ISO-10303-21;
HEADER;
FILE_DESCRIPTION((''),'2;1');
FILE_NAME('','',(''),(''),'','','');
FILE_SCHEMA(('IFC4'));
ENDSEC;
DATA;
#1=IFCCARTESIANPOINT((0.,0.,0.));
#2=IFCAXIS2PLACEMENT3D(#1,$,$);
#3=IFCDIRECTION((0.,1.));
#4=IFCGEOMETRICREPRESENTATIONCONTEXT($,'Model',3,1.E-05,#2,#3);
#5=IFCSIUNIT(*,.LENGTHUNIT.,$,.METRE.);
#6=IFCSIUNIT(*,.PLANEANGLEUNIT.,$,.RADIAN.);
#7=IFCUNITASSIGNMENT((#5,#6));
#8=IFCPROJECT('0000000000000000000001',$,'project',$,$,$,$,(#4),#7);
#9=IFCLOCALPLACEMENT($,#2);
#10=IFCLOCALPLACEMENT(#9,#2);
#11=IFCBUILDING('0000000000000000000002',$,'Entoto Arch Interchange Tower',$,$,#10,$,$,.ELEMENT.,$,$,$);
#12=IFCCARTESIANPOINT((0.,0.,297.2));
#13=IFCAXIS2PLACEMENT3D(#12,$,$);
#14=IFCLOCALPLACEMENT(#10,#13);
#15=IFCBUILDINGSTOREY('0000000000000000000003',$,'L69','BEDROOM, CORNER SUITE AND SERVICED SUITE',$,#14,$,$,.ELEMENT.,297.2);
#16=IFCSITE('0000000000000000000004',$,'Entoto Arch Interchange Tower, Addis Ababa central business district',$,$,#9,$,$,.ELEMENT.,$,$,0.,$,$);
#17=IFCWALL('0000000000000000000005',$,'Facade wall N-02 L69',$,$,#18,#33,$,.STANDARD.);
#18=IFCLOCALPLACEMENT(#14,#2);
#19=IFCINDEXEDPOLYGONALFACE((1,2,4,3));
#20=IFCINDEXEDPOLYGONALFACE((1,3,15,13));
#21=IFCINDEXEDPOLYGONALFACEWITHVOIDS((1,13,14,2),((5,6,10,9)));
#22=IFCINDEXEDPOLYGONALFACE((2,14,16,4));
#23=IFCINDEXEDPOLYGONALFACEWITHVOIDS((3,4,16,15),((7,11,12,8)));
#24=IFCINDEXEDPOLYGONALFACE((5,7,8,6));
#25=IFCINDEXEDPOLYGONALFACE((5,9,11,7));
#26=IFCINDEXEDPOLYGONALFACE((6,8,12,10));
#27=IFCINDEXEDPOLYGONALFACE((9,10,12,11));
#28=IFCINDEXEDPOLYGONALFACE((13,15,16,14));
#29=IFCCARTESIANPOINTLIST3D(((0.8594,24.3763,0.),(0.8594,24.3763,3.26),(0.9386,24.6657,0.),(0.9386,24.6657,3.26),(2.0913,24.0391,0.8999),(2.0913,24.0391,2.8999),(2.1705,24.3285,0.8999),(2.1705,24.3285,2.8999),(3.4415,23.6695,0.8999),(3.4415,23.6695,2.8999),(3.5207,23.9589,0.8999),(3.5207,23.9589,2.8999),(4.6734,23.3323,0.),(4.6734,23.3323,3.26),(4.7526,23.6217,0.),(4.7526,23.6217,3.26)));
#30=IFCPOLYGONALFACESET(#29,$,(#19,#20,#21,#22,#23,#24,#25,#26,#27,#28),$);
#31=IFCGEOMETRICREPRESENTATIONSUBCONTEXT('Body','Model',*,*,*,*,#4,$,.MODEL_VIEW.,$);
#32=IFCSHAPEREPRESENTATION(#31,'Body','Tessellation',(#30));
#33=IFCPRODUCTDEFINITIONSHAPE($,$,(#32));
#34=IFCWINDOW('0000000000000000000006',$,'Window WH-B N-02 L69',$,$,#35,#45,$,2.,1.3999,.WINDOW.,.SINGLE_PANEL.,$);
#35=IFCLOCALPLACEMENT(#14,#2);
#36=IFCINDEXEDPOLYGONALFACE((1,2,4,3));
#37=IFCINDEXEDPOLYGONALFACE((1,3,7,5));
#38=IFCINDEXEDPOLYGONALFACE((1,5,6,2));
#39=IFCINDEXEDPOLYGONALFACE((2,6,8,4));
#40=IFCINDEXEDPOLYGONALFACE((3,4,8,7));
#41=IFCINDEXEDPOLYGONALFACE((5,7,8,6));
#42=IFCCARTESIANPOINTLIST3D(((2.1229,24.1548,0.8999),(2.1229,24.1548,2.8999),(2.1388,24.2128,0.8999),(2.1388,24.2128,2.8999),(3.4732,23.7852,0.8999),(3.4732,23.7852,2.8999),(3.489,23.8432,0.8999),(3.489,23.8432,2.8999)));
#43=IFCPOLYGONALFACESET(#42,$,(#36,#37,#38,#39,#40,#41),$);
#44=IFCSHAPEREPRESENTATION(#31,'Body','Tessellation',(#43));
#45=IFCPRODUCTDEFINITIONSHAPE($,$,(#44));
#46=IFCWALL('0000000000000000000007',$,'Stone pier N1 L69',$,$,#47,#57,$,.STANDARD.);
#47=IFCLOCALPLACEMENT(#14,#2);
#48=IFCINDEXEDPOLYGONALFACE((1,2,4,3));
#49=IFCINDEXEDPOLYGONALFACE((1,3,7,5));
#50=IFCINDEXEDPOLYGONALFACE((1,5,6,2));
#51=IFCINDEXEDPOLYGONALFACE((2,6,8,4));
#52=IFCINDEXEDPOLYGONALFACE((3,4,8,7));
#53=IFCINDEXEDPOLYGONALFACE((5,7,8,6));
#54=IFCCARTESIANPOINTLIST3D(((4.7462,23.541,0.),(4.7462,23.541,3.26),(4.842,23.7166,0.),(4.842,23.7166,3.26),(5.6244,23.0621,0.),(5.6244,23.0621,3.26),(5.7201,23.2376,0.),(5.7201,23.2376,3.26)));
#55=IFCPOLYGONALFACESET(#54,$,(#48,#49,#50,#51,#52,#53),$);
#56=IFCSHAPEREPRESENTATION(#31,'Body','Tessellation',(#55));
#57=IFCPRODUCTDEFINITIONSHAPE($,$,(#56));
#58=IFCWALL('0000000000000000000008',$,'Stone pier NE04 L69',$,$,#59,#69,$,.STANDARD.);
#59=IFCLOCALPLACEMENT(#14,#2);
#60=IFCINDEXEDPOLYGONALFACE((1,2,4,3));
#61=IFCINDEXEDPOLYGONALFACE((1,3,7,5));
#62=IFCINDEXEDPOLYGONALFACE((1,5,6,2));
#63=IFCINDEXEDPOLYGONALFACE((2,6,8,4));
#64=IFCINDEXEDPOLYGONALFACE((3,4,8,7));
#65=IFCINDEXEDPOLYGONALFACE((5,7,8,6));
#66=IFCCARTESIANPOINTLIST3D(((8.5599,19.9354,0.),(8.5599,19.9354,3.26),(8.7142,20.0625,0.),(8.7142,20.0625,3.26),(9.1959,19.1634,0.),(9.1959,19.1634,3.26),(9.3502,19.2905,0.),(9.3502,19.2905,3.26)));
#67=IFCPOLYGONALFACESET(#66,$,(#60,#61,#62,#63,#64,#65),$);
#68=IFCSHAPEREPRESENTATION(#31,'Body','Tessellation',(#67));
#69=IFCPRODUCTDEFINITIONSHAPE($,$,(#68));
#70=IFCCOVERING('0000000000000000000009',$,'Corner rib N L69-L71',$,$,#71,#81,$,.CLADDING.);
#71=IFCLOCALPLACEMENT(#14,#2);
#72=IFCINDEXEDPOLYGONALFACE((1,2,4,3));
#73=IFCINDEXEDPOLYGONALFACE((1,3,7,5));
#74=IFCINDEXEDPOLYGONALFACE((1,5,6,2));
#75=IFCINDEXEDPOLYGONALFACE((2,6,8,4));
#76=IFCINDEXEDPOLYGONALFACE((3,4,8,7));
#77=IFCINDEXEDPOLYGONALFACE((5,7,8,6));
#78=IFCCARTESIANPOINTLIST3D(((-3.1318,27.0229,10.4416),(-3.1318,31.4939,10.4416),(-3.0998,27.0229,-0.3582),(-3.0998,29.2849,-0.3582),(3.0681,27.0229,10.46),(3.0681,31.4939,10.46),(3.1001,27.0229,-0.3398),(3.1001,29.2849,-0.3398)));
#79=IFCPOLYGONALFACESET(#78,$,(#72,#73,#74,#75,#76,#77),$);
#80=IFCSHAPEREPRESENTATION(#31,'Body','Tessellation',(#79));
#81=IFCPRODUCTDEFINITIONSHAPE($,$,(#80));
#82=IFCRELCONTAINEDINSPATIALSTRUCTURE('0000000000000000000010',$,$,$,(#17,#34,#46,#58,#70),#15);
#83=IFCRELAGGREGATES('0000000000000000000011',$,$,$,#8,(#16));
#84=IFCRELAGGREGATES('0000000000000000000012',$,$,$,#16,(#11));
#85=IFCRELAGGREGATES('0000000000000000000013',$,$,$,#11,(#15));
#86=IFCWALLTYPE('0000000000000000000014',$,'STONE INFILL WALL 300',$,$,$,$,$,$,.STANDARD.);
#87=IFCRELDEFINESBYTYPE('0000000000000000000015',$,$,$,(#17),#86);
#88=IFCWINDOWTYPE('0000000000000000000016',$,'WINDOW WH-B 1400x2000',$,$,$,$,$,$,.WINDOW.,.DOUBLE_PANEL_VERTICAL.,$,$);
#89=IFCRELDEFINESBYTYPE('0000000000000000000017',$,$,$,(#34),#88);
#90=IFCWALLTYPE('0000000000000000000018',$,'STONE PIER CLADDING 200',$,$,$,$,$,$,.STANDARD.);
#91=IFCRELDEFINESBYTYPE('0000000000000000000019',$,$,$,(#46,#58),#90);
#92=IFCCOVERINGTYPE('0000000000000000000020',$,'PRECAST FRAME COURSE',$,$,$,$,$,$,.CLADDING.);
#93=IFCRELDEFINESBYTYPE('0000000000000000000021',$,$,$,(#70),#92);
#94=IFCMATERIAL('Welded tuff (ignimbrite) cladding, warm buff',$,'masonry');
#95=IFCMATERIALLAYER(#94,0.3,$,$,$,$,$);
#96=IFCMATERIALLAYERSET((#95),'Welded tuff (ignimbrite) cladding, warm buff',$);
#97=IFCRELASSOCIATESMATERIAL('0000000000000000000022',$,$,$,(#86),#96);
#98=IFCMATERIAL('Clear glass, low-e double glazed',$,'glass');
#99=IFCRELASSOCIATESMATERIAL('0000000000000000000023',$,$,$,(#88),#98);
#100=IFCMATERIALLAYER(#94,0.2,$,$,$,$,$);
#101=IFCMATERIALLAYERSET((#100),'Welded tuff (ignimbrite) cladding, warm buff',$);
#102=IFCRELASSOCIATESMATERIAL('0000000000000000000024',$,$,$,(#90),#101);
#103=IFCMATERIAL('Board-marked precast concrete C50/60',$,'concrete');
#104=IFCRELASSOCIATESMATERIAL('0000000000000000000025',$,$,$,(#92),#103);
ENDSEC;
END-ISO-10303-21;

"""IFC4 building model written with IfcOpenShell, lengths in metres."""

from ifc_helpers import new_model, si_unit, direction, frame, frame_2d, origin, place, context, subcontext, project, spatial, polyline, rectangle, outline, extrude, material, layer, layer_set, type_object, element, fill, save


model = new_model("IFC4")

# Units and contexts
model_context = context("Model", 3, precision=1e-05, world=origin(), true_north=direction((0.0, 1.0)))
body_context = subcontext(model_context, "Body", "Model", "MODEL_VIEW")
ifc_project = project(units=[si_unit("LENGTHUNIT", "METRE"), si_unit("PLANEANGLEUNIT", "RADIAN")], contexts=[model_context])

# Site, building, storey
site_placement = place(None, origin())
site = spatial("IfcSite", under=ifc_project, at=site_placement, Name="Entoto Arch Interchange Tower, Addis Ababa central business district", CompositionType="ELEMENT", RefElevation=0.0)
building_placement = place(site_placement, origin())
building = spatial("IfcBuilding", under=site, at=building_placement, Name="Entoto Arch Interchange Tower", CompositionType="ELEMENT")
storey_placement = place(building_placement, frame((0.0, 0.0, 297.2)))
storey = spatial("IfcBuildingStorey", under=building, at=storey_placement, Name="L69", Description="BEDROOM, CORNER SUITE AND SERVICED SUITE", CompositionType="ELEMENT", Elevation=297.2)

# Wall, opening, window
ifc_material_1 = material(Name="Welded tuff (ignimbrite) cladding, warm buff", Category="masonry")
ifc_layer_1 = layer(ifc_material_1, 0.3)
ifc_layer_set_1 = layer_set([ifc_layer_1], Name="Welded tuff (ignimbrite) cladding, warm buff")
wall_type_1 = type_object("IfcWallType", Name="STONE INFILL WALL 300", PredefinedType="STANDARD", material=ifc_layer_set_1)
ifc_material_2 = material(Name="Clear glass, low-e double glazed", Category="glass")
window_type = type_object("IfcWindowType", Name="WINDOW WH-B 1400x2000", PartitioningType="DOUBLE_PANEL_VERTICAL", PredefinedType="WINDOW", material=ifc_material_2)
wall_1_placement = place(storey_placement, frame((4.7129, 23.4771, 0.0), z_axis=(0.0, 0.0, 1.0), x_axis=(-0.964521, 0.264005, 0.0)))
wall_1 = element("IfcWall", 1, at=wall_1_placement, inside=storey, type_object=wall_type_1, Name="Facade wall N-02 L69", PredefinedType="STANDARD", context=body_context, shape_type="SweptSolid", body=[
    extrude(rectangle(XDim=3.9543, YDim=0.3, at=frame_2d((1.9771, 0.0))), origin(), (0.0, 0.0, 1.0), 3.26),
])
opening_1_placement = place(wall_1_placement, frame((1.2771, 0.0, 0.8999)))
opening_1 = element("IfcOpeningElement", 2, at=opening_1_placement, cuts=wall_1, PredefinedType="OPENING", context=body_context, shape_type="SweptSolid", body=[
    extrude(rectangle(XDim=1.3999, YDim=2.0, at=frame_2d((0.7, 1.0))), frame((0.0, 0.1602, 0.0), z_axis=(0.0, -1.0, 0.0), x_axis=(1.0, 0.0, 0.0)), (0.0, 0.0, 1.0), 0.3201),
])
window_1_placement = place(opening_1_placement, origin())
window_1 = element("IfcWindow", 3, at=window_1_placement, inside=storey, type_object=window_type, Name="Window WH-B N-02 L69", OverallHeight=2.0, OverallWidth=1.3999, PartitioningType="SINGLE_PANEL", PredefinedType="WINDOW", context=body_context, shape_type="SweptSolid", body=[
    extrude(rectangle(XDim=1.3999, YDim=2.0, at=frame_2d((0.7, 1.0))), frame((0.0, 0.03, 0.0), z_axis=(0.0, -1.0, 0.0), x_axis=(1.0, 0.0, 0.0)), (0.0, 0.0, 1.0), 0.0601),
])
fill(opening_1, window_1)

# Walls
ifc_layer_2 = layer(ifc_material_1, 0.2)
ifc_layer_set_2 = layer_set([ifc_layer_2], Name="Welded tuff (ignimbrite) cladding, warm buff")
wall_type_2 = type_object("IfcWallType", Name="STONE PIER CLADDING 200", PredefinedType="STANDARD", material=ifc_layer_set_2)
for number, where, z_axis, x_axis, name in (
    (4, (5.6721, 23.1499, 0.0), (0.0, 0.0, 1.0), (-0.877896, 0.478852, 0.0), "Stone pier N1 L69"),
    (5, (9.2729, 19.2271, 0.0), (0.0, 0.0, 1.0), (-0.635853, 0.77181, 0.0), "Stone pier NE04 L69"),
):
    element("IfcWall", number, at=place(storey_placement, frame(where, z_axis=z_axis, x_axis=x_axis)), inside=storey, type_object=wall_type_2, Name=name, PredefinedType="STANDARD", context=body_context, shape_type="SweptSolid", body=[
        extrude(rectangle(XDim=1.0002, YDim=0.2, at=frame_2d((0.5, 0.0))), origin(), (0.0, 0.0, 1.0), 3.26),
    ])

# Covering
ifc_material_3 = material(Name="Board-marked precast concrete C50/60", Category="concrete")
covering_type = type_object("IfcCoveringType", Name="PRECAST FRAME COURSE", PredefinedType="CLADDING", material=ifc_material_3)
covering_placement = place(storey_placement, frame((3.1001, 27.0229, -0.3398), z_axis=(0.999996, 0.0, 0.002961), x_axis=(0.0, 1.0, 0.0)))
element("IfcCovering", 6, at=covering_placement, inside=storey, type_object=covering_type, Name="Corner rib N L69-L71", PredefinedType="CLADDING", context=body_context, shape_type="SweptSolid", body=[
    extrude(outline(polyline([(0.0, 0.0), (2.262, 0.0), (4.4709, 10.7999), (0.0, 10.7999), (0.0, 0.0)])), origin(), (0.0, 0.0, -1.0), 6.2),
])

save(model, "model.ifc")
